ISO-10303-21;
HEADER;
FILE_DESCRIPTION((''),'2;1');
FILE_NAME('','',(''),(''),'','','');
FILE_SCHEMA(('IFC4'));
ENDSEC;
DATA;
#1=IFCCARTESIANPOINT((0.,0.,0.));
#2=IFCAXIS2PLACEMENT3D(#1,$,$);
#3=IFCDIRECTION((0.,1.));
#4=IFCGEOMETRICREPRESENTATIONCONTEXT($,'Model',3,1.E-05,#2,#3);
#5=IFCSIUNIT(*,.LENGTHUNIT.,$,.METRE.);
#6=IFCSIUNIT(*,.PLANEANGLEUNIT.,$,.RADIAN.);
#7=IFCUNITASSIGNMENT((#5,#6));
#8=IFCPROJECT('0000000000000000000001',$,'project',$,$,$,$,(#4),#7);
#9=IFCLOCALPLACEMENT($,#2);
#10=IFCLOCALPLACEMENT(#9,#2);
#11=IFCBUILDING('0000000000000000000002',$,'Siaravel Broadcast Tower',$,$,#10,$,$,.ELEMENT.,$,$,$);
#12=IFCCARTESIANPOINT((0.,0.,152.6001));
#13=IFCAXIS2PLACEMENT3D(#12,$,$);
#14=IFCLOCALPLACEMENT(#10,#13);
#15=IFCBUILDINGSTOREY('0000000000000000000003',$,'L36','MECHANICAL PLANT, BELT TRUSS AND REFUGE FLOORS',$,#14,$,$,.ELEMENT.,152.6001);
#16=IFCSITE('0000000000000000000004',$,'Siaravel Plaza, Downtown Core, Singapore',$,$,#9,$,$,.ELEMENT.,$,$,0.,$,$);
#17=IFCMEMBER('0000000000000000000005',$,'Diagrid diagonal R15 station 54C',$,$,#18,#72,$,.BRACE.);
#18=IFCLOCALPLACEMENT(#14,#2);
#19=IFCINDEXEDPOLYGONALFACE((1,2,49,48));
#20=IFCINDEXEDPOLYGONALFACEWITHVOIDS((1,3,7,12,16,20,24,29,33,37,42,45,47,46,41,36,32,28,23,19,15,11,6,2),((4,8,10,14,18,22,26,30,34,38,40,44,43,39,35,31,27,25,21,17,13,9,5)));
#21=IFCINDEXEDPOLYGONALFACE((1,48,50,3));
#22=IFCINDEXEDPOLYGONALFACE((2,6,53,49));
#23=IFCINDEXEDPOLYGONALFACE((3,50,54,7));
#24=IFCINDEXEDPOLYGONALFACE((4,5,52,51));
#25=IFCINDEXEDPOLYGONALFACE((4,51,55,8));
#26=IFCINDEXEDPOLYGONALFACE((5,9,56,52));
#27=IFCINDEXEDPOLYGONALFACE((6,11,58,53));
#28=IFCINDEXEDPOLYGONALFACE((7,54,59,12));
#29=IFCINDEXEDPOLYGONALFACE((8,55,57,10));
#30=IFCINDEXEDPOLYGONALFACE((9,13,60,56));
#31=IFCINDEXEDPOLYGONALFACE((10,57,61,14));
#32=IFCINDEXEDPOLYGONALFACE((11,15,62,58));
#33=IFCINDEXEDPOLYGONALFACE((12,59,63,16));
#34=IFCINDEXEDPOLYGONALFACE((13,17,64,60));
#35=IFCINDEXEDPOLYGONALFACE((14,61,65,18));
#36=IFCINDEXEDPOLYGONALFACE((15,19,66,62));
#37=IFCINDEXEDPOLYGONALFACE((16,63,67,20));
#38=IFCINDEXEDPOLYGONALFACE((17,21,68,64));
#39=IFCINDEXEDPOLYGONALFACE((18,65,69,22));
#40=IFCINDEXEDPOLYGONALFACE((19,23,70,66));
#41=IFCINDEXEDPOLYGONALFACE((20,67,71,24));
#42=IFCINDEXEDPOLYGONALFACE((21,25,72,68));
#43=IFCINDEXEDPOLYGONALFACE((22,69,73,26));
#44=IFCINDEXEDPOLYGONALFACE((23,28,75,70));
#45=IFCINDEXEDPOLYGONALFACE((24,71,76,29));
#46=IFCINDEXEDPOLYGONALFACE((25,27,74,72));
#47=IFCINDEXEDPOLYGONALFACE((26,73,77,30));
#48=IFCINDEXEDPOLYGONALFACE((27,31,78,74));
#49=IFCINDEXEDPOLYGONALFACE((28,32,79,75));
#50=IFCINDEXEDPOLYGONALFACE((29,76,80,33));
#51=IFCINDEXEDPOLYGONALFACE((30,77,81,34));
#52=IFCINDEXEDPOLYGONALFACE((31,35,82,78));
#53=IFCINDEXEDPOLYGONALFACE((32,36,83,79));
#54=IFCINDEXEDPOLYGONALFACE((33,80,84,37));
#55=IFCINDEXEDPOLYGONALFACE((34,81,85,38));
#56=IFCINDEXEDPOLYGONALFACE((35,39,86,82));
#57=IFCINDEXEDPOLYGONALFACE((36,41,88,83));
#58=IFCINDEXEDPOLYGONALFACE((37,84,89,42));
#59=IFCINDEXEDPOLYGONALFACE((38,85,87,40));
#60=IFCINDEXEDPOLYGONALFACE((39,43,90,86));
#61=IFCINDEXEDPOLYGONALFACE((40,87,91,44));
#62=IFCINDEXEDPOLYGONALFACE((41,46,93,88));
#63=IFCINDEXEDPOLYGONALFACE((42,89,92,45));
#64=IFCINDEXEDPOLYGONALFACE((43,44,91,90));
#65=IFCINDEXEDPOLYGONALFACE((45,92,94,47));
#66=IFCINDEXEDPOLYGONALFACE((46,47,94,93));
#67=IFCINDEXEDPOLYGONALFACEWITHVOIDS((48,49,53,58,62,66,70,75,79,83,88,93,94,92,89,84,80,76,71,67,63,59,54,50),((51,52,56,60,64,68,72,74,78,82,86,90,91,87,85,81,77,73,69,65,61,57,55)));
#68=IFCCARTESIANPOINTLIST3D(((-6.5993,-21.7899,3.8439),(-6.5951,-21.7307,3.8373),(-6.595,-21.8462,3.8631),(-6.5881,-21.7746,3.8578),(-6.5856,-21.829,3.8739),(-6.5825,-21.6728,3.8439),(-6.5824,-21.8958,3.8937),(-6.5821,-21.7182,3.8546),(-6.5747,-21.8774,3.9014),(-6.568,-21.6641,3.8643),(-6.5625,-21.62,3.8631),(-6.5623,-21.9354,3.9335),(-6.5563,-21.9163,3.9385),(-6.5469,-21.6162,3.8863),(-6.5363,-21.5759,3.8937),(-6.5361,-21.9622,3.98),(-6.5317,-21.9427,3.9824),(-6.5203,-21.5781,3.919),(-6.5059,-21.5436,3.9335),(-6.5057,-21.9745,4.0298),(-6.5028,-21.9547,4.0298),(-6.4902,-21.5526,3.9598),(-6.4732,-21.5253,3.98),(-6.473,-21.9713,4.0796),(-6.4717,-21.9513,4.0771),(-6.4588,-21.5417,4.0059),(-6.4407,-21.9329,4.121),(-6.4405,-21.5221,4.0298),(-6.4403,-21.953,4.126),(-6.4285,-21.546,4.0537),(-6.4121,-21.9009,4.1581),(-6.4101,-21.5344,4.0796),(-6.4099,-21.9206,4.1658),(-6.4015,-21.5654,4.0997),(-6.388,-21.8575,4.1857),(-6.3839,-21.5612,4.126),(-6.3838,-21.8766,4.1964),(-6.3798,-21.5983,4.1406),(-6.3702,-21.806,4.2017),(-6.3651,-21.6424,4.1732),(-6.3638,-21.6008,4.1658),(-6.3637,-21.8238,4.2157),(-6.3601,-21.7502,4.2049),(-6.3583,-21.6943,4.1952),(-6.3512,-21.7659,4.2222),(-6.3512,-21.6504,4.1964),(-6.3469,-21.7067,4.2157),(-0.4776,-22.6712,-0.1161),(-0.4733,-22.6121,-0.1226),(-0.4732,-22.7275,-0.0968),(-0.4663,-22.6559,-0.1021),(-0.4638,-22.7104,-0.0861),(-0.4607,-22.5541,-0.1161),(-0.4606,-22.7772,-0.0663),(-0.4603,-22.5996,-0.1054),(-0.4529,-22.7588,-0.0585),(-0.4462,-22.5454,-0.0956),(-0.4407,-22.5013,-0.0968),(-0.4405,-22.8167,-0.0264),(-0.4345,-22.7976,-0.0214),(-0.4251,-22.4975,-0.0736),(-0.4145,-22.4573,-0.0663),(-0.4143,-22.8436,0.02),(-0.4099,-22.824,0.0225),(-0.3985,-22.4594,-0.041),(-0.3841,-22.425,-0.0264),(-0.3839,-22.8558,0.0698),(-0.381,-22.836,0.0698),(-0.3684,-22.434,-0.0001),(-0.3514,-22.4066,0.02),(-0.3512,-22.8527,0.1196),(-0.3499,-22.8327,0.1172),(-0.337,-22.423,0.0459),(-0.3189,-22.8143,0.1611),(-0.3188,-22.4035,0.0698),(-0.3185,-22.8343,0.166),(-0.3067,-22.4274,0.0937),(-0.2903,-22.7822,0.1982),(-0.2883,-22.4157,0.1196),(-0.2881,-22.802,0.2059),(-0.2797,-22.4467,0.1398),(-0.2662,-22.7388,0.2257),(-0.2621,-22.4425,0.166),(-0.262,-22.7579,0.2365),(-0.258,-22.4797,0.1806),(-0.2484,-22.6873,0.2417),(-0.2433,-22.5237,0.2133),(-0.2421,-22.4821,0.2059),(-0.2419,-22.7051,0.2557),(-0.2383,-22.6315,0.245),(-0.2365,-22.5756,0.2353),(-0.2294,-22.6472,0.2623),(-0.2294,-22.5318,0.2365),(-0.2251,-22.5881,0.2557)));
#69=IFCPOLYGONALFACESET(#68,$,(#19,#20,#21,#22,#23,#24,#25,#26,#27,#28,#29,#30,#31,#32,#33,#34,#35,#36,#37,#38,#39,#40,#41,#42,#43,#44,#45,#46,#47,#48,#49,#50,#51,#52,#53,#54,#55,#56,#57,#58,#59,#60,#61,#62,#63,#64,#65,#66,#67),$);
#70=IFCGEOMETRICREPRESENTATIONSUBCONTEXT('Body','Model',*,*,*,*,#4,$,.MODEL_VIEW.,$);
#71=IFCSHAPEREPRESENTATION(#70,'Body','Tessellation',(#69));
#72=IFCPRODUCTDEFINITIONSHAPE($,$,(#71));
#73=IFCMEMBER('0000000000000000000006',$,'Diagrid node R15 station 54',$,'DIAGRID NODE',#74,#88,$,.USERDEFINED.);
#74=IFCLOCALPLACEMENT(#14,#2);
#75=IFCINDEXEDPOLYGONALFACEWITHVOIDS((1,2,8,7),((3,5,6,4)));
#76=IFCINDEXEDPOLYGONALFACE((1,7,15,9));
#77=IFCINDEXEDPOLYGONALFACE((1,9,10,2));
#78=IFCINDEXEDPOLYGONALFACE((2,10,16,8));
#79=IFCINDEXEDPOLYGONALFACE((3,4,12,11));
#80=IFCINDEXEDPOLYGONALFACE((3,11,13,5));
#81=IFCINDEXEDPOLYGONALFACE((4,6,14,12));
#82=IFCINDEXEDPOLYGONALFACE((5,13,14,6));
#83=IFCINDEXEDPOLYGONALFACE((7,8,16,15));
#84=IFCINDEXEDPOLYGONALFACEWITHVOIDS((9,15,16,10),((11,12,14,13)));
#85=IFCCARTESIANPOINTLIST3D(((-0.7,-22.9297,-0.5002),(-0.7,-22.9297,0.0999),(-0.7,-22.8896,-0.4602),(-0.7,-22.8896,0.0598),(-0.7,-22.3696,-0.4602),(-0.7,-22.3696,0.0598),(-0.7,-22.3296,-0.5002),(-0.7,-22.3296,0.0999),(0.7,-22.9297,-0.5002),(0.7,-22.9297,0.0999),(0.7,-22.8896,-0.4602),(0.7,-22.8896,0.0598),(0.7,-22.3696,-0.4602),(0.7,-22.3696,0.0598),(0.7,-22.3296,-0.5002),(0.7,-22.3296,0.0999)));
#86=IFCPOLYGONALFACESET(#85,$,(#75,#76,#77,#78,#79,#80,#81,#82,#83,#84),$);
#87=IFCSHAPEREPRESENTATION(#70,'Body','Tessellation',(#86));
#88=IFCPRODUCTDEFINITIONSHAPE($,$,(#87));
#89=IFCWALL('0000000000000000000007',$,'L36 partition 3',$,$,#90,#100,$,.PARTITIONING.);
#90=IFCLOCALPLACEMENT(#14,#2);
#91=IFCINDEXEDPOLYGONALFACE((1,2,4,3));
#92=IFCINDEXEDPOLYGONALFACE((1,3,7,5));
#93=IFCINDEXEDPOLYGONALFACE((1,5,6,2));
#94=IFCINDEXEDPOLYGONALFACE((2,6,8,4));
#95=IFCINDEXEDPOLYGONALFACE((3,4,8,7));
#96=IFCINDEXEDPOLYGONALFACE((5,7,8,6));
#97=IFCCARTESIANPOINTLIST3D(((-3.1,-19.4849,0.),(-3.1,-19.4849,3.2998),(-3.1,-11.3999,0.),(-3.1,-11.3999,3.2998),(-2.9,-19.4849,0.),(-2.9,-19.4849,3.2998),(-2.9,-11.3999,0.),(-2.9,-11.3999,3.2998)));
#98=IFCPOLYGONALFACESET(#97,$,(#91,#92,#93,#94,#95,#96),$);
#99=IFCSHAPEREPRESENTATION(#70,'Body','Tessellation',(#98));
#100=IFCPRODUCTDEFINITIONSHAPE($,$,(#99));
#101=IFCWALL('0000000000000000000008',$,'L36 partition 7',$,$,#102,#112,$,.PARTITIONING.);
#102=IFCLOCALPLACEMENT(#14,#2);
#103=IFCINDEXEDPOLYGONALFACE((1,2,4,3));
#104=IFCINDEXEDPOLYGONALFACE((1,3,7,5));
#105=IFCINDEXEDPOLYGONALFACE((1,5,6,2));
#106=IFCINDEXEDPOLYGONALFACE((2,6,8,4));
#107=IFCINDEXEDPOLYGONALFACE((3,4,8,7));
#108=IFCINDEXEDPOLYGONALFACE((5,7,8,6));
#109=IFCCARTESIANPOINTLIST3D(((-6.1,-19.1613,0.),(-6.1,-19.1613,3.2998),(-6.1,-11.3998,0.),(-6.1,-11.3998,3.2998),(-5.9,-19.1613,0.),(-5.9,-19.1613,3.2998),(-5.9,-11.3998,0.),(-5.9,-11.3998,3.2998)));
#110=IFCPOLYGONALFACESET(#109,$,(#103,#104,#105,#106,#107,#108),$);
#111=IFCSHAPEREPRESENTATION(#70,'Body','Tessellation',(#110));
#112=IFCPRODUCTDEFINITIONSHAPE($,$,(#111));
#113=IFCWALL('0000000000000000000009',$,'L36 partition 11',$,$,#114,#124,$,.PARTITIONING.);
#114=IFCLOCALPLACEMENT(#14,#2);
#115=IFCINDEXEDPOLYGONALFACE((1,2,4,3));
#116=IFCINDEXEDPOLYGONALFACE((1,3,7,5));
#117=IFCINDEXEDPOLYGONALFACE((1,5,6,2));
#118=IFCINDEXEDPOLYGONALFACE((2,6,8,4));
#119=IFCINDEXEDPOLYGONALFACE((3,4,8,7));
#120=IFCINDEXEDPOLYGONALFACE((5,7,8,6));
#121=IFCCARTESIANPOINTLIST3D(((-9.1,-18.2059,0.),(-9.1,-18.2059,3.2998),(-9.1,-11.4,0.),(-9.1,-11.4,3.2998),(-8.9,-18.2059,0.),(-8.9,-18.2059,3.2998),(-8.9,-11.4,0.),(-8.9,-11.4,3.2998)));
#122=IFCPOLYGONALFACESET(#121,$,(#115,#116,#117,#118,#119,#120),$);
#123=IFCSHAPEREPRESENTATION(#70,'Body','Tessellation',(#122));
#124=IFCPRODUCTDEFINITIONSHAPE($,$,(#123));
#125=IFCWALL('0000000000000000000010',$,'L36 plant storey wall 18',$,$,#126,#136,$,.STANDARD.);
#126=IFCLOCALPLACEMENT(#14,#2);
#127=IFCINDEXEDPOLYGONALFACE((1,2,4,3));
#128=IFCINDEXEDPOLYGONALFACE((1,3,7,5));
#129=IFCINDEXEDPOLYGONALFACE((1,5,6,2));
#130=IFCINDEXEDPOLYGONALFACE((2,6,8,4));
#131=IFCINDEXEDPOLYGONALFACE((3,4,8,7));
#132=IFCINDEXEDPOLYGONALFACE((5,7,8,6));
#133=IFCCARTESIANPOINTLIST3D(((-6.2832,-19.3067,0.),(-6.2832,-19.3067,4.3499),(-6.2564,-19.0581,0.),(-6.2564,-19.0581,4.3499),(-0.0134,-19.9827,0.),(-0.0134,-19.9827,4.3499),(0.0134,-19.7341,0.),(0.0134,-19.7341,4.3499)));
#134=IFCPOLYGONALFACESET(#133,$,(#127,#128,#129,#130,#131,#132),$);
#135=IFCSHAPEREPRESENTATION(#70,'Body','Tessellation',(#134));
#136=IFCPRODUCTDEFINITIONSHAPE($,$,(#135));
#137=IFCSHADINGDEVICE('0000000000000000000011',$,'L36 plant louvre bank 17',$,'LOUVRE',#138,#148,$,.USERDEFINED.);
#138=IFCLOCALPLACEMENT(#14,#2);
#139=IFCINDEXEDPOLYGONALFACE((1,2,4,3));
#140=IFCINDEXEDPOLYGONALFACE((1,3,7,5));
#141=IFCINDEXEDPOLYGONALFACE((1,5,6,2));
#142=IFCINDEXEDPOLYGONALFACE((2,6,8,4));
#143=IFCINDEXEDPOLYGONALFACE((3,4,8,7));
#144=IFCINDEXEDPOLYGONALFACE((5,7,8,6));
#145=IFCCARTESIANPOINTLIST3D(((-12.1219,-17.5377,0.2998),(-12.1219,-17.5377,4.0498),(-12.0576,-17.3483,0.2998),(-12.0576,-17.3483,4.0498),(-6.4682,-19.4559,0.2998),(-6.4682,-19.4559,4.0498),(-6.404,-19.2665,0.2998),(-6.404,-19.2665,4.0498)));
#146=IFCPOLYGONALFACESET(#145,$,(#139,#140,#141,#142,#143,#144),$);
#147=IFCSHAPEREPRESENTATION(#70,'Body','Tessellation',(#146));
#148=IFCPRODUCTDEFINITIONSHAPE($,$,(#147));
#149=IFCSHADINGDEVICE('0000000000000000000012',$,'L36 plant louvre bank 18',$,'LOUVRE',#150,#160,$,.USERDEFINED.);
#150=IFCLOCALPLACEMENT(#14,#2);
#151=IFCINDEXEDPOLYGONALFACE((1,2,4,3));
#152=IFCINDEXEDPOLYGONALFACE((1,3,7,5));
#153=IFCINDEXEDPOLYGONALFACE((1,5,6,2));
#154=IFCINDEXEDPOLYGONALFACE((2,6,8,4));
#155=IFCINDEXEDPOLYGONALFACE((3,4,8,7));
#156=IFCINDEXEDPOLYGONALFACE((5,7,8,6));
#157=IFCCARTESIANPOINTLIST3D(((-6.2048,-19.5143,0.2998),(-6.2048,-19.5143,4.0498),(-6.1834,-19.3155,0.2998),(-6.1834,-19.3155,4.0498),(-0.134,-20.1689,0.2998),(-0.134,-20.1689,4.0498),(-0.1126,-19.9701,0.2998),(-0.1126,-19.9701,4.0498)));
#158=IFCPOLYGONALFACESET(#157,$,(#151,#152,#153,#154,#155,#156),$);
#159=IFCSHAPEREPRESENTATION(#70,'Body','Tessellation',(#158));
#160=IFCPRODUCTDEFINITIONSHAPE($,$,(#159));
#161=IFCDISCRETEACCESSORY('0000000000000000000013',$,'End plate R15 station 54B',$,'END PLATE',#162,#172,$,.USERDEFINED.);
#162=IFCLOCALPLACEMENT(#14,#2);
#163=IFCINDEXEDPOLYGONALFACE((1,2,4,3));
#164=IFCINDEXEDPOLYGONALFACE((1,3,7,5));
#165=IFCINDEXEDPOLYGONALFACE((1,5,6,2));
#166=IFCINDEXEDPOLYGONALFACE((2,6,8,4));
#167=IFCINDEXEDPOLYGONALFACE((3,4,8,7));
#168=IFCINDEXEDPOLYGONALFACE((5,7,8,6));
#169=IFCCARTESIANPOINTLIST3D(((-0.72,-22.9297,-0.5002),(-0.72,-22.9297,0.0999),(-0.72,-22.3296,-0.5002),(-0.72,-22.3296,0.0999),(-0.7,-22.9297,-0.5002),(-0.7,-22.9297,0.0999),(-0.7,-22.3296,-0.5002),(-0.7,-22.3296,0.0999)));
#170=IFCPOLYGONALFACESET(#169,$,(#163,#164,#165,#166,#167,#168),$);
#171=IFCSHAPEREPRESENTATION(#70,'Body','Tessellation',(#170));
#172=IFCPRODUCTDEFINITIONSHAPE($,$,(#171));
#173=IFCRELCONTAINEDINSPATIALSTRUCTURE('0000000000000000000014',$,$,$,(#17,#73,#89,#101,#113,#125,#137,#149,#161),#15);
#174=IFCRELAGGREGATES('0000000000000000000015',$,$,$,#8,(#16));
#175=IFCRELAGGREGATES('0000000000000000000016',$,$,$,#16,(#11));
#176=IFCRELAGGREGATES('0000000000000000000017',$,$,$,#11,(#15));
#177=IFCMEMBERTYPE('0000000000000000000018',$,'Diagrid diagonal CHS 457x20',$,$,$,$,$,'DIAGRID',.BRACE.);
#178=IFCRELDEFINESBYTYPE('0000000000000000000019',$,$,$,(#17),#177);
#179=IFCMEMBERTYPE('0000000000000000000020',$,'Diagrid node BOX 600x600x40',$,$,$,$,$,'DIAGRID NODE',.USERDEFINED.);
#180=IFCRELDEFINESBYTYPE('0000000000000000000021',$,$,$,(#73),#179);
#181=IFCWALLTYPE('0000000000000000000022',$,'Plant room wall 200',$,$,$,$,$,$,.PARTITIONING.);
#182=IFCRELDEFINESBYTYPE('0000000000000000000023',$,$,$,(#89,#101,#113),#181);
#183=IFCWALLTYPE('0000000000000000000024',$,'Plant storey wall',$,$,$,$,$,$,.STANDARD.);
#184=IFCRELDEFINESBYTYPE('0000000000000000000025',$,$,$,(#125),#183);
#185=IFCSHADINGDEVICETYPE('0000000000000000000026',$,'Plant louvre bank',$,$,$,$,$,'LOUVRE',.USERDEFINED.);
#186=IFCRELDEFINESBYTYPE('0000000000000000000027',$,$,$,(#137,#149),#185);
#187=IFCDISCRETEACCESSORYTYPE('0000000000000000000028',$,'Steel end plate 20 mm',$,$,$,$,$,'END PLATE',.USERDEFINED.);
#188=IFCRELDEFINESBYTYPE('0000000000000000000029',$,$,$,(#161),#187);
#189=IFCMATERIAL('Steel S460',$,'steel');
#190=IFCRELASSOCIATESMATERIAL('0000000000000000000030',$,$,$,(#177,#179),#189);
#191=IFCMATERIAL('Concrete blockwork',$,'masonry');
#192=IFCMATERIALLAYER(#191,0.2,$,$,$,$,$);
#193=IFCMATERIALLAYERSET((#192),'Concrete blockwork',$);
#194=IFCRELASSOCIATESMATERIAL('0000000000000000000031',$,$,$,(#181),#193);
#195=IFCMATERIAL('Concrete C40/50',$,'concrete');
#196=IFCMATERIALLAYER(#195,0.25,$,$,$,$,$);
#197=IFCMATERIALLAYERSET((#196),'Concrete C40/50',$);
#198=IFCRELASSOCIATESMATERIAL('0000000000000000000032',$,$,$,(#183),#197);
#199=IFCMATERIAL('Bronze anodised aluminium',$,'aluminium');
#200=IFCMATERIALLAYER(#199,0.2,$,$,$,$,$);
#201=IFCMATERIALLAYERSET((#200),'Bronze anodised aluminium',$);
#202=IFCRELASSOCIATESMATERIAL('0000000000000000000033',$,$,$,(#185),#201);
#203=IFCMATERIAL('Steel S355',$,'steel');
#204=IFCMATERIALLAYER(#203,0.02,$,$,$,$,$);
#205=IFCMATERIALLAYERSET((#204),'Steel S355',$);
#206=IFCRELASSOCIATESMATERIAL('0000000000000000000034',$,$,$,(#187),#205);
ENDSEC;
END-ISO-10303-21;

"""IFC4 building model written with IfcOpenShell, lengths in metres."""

from ifc_helpers import new_model, si_unit, direction, frame, frame_2d, origin, origin_2d, place, context, subcontext, project, spatial, rectangle, hollow_rectangle, hollow_circle, extrude, material, layer, layer_set, material_profile, profile_set, type_object, element, save


model = new_model("IFC4")

# Units and contexts
model_context = context("Model", 3, precision=1e-05, world=origin(), true_north=direction((0.0, 1.0)))
body_context = subcontext(model_context, "Body", "Model", "MODEL_VIEW")
ifc_project = project(units=[si_unit("LENGTHUNIT", "METRE"), si_unit("PLANEANGLEUNIT", "RADIAN")], contexts=[model_context])

# Site, building, storey
site_placement = place(None, origin())
site = spatial("IfcSite", under=ifc_project, at=site_placement, Name="Siaravel Plaza, Downtown Core, Singapore", CompositionType="ELEMENT", RefElevation=0.0)
building_placement = place(site_placement, origin())
building = spatial("IfcBuilding", under=site, at=building_placement, Name="Siaravel Broadcast Tower", CompositionType="ELEMENT")
storey_placement = place(building_placement, frame((0.0, 0.0, 152.6001)))
storey = spatial("IfcBuildingStorey", under=building, at=storey_placement, Name="L36", Description="MECHANICAL PLANT, BELT TRUSS AND REFUGE FLOORS", CompositionType="ELEMENT", Elevation=152.6001)

# Shared definitions
ifc_material_1 = material(Name="Steel S355", Category="steel")
ifc_material_2 = material(Name="Steel S460", Category="steel")

# Members
ifc_material_profile_1 = material_profile(ifc_material_2, hollow_circle(Radius=0.2285, WallThickness=0.02, at=origin_2d()))
ifc_profile_set_1 = profile_set([ifc_material_profile_1], Name="Steel S460")
member_type_1 = type_object("IfcMemberType", Name="Diagrid diagonal CHS 457x20", ElementType="DIAGRID", PredefinedType="BRACE", material=ifc_profile_set_1)
member_1_placement = place(storey_placement, frame((-0.3513, -22.6296, 0.0698), z_axis=(-0.833578, 0.120009, 0.539208), x_axis=(-0.142499, -0.989795, 0.0)))
element("IfcMember", 1, at=member_1_placement, inside=storey, type_object=member_type_1, Name="Diagrid diagonal R15 station 54C", PredefinedType="BRACE", context=body_context, shape_type="SweptSolid", body=[
    extrude(hollow_circle(Radius=0.2285, WallThickness=0.02, at=origin_2d()), origin(), (0.0, 0.0, 1.0), 7.344),
])
ifc_material_profile_2 = material_profile(ifc_material_2, hollow_rectangle(XDim=0.6001, YDim=0.6001, WallThickness=0.04, at=origin_2d()))
ifc_profile_set_2 = profile_set([ifc_material_profile_2], Name="Steel S460")
member_type_2 = type_object("IfcMemberType", Name="Diagrid node BOX 600x600x40", ElementType="DIAGRID NODE", PredefinedType="USERDEFINED", material=ifc_profile_set_2)
member_2_placement = place(storey_placement, frame((-0.7, -22.6296, -0.2002), z_axis=(1.0, 0.0, 0.0), x_axis=(0.0, 1.0, 0.0)))
element("IfcMember", 2, at=member_2_placement, inside=storey, type_object=member_type_2, Name="Diagrid node R15 station 54", ObjectType="DIAGRID NODE", PredefinedType="USERDEFINED", context=body_context, shape_type="SweptSolid", body=[
    extrude(hollow_rectangle(XDim=0.6001, YDim=0.6001, WallThickness=0.04, at=origin_2d()), origin(), (0.0, 0.0, 1.0), 1.3999),
])

# Walls
ifc_material_3 = material(Name="Concrete blockwork", Category="masonry")
ifc_layer_1 = layer(ifc_material_3, 0.2)
ifc_layer_set_1 = layer_set([ifc_layer_1], Name="Concrete blockwork")
wall_type_1 = type_object("IfcWallType", Name="Plant room wall 200", PredefinedType="PARTITIONING", material=ifc_layer_set_1)
wall_1_placement = place(storey_placement, frame((-3.0, -19.4849, 0.0), z_axis=(0.0, 0.0, 1.0), x_axis=(0.0, 1.0, 0.0)))
element("IfcWall", 3, at=wall_1_placement, inside=storey, type_object=wall_type_1, Name="L36 partition 3", PredefinedType="PARTITIONING", context=body_context, shape_type="SweptSolid", body=[
    extrude(rectangle(XDim=8.085, YDim=0.2, at=frame_2d((4.0425, 0.0))), origin(), (0.0, 0.0, 1.0), 3.2998),
])
wall_2_placement = place(storey_placement, frame((-6.0, -19.1614, 0.0), z_axis=(0.0, 0.0, 1.0), x_axis=(0.0, 1.0, 0.0)))
element("IfcWall", 4, at=wall_2_placement, inside=storey, type_object=wall_type_1, Name="L36 partition 7", PredefinedType="PARTITIONING", context=body_context, shape_type="SweptSolid", body=[
    extrude(rectangle(XDim=7.7615, YDim=0.2, at=frame_2d((3.8809, 0.0))), origin(), (0.0, 0.0, 1.0), 3.2998),
])
wall_3_placement = place(storey_placement, frame((-9.0, -18.2058, 0.0), z_axis=(0.0, 0.0, 1.0), x_axis=(0.0, 1.0, 0.0)))
element("IfcWall", 5, at=wall_3_placement, inside=storey, type_object=wall_type_1, Name="L36 partition 11", PredefinedType="PARTITIONING", context=body_context, shape_type="SweptSolid", body=[
    extrude(rectangle(XDim=6.8059, YDim=0.2, at=frame_2d((3.4028, 0.0))), origin(), (0.0, 0.0, 1.0), 3.2998),
])
ifc_material_4 = material(Name="Concrete C40/50", Category="concrete")
ifc_layer_2 = layer(ifc_material_4, 0.25)
ifc_layer_set_2 = layer_set([ifc_layer_2], Name="Concrete C40/50")
wall_type_2 = type_object("IfcWallType", Name="Plant storey wall", PredefinedType="STANDARD", material=ifc_layer_set_2)
wall_4_placement = place(storey_placement, frame((-6.2698, -19.1824, 0.0), z_axis=(0.0, 0.0, 1.0), x_axis=(0.994237, -0.107202, 0.0)))
element("IfcWall", 6, at=wall_4_placement, inside=storey, type_object=wall_type_2, Name="L36 plant storey wall 18", PredefinedType="STANDARD", context=body_context, shape_type="SweptSolid", body=[
    extrude(rectangle(XDim=6.3062, YDim=0.25, at=frame_2d((3.1531, 0.0))), origin(), (0.0, 0.0, 1.0), 4.3499),
])

# Shading devices
ifc_material_5 = material(Name="Bronze anodised aluminium", Category="aluminium")
ifc_layer_3 = layer(ifc_material_5, 0.2)
ifc_layer_set_3 = layer_set([ifc_layer_3], Name="Bronze anodised aluminium")
shading_device_type = type_object("IfcShadingDeviceType", Name="Plant louvre bank", ElementType="LOUVRE", PredefinedType="USERDEFINED", material=ifc_layer_set_3)
shading_device_1_placement = place(storey_placement, frame((-9.2629, -18.4021, 0.2998), z_axis=(0.0, 0.0, 1.0), x_axis=(0.946977, -0.321301, 0.0)))
element("IfcShadingDevice", 7, at=shading_device_1_placement, inside=storey, type_object=shading_device_type, Name="L36 plant louvre bank 17", ObjectType="LOUVRE", PredefinedType="USERDEFINED", context=body_context, shape_type="SweptSolid", body=[
    extrude(rectangle(XDim=5.9702, YDim=0.2, at=origin_2d()), origin(), (0.0, 0.0, 1.0), 3.75),
])
shading_device_2_placement = place(storey_placement, frame((-3.1587, -19.7422, 0.2998), z_axis=(0.0, 0.0, 1.0), x_axis=(0.994236, -0.107217, 0.0)))
element("IfcShadingDevice", 8, at=shading_device_2_placement, inside=storey, type_object=shading_device_type, Name="L36 plant louvre bank 18", ObjectType="LOUVRE", PredefinedType="USERDEFINED", context=body_context, shape_type="SweptSolid", body=[
    extrude(rectangle(XDim=6.106, YDim=0.2, at=origin_2d()), origin(), (0.0, 0.0, 1.0), 3.75),
])

# Discrete accessory
ifc_layer_4 = layer(ifc_material_1, 0.02)
ifc_layer_set_4 = layer_set([ifc_layer_4], Name="Steel S355")
discrete_accessory_type = type_object("IfcDiscreteAccessoryType", Name="Steel end plate 20 mm", ElementType="END PLATE", PredefinedType="USERDEFINED", material=ifc_layer_set_4)
discrete_accessory_placement = place(storey_placement, frame((-0.71, -22.6296, -0.5002), z_axis=(0.0, 0.0, 1.0), x_axis=(1.0, 0.0, 0.0)))
element("IfcDiscreteAccessory", 9, at=discrete_accessory_placement, inside=storey, type_object=discrete_accessory_type, Name="End plate R15 station 54B", ObjectType="END PLATE", PredefinedType="USERDEFINED", context=body_context, shape_type="SweptSolid", body=[
    extrude(rectangle(XDim=0.02, YDim=0.6001, at=origin_2d()), origin(), (0.0, 0.0, 1.0), 0.6001),
])

save(model, "model.ifc")
